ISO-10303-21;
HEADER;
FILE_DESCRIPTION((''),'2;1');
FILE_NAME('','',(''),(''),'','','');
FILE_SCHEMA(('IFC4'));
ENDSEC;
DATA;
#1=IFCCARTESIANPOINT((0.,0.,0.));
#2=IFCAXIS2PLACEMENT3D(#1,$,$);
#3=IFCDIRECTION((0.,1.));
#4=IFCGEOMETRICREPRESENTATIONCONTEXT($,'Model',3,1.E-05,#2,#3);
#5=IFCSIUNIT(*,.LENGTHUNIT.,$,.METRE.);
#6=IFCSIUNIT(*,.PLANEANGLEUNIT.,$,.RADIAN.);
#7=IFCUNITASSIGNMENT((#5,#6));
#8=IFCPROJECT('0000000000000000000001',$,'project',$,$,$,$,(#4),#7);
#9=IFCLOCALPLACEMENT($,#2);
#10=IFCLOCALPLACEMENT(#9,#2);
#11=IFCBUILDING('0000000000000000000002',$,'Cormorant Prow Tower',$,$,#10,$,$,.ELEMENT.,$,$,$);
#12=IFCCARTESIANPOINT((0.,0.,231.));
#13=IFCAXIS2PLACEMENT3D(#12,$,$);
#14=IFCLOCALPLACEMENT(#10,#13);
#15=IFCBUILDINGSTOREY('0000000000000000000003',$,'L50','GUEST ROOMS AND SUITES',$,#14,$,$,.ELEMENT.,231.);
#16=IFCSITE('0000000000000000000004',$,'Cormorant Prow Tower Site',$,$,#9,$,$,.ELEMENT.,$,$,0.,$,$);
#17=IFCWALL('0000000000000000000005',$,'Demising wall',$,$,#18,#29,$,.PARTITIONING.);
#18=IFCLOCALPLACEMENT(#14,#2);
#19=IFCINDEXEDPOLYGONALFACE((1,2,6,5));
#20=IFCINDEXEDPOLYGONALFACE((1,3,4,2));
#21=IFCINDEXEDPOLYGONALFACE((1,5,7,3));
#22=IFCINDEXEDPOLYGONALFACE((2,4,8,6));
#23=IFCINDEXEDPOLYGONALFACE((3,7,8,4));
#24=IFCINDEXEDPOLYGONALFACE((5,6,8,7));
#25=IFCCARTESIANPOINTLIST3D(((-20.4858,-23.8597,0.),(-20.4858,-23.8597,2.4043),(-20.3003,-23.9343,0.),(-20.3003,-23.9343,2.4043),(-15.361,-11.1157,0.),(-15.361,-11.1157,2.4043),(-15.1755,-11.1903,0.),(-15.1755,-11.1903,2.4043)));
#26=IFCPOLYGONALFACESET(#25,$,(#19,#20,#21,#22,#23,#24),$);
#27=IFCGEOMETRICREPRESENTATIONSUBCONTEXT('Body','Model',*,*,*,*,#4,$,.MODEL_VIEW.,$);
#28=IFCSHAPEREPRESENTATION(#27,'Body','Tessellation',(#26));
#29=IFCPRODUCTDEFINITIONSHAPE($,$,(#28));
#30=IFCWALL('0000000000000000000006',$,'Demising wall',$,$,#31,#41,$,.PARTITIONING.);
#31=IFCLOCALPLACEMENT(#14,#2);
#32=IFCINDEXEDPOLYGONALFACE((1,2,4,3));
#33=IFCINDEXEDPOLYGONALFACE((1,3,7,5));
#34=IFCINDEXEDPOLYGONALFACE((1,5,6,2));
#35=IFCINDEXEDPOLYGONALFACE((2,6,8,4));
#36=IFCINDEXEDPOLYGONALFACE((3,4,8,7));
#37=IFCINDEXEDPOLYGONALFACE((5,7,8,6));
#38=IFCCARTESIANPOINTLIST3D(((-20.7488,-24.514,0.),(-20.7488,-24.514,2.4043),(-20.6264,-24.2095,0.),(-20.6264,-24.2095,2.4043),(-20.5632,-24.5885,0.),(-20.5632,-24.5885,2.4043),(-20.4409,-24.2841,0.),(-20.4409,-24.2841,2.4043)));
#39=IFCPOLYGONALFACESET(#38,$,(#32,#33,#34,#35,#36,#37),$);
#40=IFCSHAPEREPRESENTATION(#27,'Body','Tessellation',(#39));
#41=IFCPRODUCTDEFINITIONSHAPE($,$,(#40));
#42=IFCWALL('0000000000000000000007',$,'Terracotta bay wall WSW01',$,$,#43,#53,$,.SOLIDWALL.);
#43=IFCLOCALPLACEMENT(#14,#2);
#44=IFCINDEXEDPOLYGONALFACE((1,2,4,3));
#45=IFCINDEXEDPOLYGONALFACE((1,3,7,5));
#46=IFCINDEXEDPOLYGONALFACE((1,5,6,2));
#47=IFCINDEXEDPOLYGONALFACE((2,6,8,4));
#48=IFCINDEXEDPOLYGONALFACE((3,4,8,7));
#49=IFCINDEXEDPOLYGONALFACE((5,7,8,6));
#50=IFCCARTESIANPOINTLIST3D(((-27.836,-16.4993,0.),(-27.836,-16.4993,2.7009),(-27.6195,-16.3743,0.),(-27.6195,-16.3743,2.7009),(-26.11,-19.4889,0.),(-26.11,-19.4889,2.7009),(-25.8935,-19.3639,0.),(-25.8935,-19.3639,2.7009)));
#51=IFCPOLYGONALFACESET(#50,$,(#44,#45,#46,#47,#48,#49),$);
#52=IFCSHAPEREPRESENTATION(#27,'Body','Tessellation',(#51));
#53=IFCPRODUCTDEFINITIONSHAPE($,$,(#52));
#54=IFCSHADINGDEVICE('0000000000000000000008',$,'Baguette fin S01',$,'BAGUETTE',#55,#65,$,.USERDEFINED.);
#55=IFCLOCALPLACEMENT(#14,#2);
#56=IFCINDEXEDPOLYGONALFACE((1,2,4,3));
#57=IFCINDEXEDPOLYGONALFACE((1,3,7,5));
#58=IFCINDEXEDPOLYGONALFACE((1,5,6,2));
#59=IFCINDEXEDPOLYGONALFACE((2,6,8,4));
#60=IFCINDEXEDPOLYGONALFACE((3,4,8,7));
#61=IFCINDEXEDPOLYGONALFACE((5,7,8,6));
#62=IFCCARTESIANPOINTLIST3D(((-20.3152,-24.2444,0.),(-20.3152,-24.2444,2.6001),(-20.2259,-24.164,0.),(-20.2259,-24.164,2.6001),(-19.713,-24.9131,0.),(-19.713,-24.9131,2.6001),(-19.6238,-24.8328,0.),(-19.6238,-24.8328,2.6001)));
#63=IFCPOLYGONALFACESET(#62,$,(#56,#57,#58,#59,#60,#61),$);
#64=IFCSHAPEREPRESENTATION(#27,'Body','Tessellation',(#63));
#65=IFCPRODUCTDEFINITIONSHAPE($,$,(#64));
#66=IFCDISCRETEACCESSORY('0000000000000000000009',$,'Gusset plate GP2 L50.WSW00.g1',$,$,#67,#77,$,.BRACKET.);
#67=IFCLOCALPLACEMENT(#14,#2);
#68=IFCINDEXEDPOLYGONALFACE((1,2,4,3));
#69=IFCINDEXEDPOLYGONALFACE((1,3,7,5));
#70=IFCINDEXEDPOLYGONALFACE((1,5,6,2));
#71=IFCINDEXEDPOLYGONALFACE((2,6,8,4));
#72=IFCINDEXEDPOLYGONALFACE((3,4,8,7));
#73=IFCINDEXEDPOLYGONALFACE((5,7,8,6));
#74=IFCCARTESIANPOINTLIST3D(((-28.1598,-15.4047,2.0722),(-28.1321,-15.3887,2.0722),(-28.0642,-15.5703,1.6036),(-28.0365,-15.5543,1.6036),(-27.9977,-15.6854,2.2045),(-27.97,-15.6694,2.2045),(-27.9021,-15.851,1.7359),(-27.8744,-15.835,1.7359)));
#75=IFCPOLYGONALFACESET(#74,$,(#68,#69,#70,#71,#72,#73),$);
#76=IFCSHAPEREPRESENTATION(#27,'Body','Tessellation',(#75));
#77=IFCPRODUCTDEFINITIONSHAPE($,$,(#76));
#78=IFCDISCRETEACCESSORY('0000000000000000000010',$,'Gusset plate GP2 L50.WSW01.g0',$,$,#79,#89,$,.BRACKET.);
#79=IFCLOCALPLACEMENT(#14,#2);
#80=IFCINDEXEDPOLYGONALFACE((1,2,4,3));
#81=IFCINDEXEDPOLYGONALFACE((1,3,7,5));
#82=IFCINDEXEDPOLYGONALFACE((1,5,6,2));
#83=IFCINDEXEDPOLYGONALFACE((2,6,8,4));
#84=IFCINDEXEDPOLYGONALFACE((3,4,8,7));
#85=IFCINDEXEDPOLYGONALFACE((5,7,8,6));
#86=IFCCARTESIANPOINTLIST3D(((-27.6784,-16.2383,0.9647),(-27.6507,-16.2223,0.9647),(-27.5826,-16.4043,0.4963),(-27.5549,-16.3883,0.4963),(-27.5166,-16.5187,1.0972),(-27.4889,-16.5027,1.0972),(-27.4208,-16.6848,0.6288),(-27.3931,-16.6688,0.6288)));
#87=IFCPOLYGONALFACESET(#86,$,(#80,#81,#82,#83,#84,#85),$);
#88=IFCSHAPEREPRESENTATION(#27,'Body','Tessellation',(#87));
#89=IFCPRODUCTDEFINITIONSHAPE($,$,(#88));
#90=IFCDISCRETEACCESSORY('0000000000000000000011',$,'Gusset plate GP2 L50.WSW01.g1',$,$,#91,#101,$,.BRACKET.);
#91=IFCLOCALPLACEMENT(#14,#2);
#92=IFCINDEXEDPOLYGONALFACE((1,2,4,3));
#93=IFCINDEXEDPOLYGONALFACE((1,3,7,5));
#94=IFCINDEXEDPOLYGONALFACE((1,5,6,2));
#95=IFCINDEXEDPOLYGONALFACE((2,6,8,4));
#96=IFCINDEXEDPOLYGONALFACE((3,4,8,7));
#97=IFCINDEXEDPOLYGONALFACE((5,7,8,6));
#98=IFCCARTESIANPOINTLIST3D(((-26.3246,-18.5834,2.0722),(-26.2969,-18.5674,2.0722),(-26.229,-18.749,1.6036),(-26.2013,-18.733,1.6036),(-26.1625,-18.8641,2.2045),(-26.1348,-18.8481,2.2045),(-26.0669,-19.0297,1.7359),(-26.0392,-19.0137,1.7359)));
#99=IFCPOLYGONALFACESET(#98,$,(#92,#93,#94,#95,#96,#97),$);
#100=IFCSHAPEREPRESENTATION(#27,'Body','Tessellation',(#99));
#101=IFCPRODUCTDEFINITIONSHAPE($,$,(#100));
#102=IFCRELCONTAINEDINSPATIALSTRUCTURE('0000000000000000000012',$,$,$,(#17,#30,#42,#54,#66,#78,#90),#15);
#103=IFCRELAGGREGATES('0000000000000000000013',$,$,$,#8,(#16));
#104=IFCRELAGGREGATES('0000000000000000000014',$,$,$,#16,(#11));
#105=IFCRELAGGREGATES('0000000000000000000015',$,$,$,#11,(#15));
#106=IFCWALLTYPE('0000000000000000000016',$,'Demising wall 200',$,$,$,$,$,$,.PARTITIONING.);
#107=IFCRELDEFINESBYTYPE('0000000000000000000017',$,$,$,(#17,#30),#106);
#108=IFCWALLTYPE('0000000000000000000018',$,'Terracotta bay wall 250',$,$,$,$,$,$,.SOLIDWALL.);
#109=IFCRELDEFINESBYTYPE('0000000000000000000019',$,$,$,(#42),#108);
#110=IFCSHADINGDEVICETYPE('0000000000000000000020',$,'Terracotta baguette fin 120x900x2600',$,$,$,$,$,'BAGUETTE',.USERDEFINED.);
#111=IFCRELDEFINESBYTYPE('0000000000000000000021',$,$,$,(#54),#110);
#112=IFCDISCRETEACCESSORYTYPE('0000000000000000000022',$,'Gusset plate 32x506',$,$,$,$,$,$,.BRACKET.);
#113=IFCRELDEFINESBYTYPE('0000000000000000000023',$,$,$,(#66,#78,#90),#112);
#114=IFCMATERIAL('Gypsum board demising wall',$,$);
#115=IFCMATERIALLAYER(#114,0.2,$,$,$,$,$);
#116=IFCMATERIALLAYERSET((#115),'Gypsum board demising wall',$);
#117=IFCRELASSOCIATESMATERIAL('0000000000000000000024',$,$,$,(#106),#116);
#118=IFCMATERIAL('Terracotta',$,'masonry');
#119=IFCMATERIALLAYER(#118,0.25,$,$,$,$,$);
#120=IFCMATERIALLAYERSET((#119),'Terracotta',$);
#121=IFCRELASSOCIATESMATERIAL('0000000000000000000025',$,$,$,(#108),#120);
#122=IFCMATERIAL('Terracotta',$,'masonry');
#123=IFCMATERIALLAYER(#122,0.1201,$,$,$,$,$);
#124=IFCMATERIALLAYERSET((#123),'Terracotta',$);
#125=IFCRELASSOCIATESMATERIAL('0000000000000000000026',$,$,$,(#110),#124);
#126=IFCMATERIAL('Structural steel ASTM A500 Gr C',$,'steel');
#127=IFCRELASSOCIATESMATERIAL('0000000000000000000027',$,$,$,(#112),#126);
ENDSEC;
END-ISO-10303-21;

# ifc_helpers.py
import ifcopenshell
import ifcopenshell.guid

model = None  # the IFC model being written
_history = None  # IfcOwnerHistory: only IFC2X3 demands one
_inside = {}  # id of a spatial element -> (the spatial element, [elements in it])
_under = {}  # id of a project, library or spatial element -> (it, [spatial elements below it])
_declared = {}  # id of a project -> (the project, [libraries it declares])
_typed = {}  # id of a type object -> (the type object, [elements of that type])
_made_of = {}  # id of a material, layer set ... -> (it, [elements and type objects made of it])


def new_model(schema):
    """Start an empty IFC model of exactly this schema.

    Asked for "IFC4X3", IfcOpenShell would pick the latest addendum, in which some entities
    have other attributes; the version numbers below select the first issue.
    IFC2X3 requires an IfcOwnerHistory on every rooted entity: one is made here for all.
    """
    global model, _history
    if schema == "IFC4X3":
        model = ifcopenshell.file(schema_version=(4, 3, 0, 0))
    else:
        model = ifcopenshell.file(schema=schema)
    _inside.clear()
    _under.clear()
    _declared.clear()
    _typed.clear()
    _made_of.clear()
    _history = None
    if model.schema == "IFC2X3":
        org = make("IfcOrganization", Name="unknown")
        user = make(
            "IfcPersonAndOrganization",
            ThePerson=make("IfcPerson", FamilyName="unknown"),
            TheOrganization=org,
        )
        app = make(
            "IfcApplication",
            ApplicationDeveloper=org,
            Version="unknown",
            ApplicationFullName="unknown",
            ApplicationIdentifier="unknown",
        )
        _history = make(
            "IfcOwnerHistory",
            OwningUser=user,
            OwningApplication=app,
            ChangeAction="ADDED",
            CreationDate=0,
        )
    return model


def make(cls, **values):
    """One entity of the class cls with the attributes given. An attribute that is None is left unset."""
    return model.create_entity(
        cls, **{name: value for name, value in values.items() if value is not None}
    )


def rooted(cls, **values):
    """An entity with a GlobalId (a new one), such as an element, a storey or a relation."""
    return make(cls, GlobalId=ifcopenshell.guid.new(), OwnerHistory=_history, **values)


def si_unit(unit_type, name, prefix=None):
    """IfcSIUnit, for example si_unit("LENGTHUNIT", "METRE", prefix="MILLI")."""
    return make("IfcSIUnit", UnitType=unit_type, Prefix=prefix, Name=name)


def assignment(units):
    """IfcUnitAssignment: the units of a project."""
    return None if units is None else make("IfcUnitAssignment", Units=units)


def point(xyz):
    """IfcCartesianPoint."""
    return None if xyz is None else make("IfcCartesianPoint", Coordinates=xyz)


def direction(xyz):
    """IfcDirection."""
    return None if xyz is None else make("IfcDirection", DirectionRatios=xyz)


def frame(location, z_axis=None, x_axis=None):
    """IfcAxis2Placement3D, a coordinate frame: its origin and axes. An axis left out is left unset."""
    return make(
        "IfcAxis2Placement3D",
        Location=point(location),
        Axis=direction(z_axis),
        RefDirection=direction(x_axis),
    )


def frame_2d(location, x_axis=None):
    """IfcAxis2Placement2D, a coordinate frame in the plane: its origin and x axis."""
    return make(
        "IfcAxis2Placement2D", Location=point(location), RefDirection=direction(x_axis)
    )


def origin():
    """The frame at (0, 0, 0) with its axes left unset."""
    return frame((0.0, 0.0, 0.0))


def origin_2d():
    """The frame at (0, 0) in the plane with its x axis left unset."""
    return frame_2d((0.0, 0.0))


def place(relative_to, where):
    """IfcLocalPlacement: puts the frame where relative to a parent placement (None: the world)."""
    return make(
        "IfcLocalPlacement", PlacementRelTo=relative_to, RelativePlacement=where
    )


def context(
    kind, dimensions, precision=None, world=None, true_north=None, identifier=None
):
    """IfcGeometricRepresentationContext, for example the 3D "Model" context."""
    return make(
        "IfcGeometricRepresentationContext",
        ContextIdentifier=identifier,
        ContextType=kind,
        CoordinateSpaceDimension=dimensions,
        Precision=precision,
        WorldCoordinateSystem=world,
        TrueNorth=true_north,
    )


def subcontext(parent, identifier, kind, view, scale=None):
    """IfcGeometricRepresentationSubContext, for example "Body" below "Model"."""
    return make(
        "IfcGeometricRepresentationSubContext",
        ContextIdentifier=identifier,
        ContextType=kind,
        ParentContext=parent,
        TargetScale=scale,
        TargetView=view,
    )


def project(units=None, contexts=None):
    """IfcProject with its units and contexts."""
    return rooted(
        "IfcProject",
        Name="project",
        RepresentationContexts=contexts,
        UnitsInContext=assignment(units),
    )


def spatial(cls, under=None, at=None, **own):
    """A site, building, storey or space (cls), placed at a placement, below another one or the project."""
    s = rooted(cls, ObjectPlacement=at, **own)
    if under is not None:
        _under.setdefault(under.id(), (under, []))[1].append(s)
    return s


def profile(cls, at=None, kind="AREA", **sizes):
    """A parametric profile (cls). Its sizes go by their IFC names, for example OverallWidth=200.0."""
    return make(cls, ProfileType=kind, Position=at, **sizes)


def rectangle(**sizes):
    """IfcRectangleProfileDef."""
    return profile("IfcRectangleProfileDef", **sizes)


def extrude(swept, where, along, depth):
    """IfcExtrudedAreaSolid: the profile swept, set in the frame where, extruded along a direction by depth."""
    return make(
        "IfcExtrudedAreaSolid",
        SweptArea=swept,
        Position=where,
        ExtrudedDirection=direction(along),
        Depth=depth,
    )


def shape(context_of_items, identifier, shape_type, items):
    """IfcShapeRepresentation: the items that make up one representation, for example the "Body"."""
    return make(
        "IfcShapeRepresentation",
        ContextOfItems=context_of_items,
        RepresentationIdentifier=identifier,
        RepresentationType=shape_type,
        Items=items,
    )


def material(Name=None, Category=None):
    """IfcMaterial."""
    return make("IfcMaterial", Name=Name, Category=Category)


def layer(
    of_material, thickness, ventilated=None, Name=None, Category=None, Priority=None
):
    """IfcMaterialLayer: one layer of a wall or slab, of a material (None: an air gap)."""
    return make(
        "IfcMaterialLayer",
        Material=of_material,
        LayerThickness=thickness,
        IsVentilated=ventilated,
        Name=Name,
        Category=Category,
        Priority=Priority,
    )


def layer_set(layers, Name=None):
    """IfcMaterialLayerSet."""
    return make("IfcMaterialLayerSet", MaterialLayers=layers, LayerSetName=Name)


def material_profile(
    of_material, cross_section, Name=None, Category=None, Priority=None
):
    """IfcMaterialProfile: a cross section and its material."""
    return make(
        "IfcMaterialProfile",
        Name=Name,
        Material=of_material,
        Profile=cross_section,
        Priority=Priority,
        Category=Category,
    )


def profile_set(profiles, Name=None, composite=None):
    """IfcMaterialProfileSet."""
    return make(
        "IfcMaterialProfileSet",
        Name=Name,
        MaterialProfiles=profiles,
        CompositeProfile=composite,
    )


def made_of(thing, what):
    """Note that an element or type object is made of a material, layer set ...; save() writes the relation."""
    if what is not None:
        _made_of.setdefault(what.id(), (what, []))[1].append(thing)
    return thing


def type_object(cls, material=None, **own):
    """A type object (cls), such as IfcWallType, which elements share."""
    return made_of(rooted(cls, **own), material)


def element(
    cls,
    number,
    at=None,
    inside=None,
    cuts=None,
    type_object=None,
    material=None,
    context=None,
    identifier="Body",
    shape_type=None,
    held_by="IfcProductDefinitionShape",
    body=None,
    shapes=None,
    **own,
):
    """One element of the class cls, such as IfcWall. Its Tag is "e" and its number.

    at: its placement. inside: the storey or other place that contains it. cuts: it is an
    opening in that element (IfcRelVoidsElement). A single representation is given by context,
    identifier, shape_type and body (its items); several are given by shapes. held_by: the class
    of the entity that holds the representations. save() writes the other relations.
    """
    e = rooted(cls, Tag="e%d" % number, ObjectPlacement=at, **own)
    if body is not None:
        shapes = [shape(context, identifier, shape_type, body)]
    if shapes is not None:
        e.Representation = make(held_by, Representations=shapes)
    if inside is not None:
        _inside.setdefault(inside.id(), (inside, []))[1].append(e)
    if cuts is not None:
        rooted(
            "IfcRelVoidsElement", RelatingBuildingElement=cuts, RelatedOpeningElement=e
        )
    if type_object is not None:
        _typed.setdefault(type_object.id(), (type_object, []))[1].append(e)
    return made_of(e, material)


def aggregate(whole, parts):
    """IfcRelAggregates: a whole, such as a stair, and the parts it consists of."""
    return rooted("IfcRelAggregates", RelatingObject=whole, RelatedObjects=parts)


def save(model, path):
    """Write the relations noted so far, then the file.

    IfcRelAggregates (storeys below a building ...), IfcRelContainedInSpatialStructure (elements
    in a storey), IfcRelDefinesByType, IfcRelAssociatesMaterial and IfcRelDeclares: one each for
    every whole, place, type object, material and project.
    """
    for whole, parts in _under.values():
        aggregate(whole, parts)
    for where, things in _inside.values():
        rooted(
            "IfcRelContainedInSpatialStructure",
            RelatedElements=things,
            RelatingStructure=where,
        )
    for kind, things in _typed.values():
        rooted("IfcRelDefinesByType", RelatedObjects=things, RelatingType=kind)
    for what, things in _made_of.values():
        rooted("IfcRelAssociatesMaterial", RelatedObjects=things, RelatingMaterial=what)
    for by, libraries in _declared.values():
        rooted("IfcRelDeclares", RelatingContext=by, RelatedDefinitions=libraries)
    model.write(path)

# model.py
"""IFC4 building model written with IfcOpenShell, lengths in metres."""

from ifc_helpers import new_model, si_unit, direction, frame, frame_2d, origin, origin_2d, place, context, subcontext, project, spatial, rectangle, extrude, material, layer, layer_set, material_profile, profile_set, type_object, element, save


model = new_model("IFC4")

# Units and contexts
model_context = context("Model", 3, precision=1e-05, world=origin(), true_north=direction((0.0, 1.0)))
body_context = subcontext(model_context, "Body", "Model", "MODEL_VIEW")
ifc_project = project(units=[si_unit("LENGTHUNIT", "METRE"), si_unit("PLANEANGLEUNIT", "RADIAN")], contexts=[model_context])

# Site, building, storey
site_placement = place(None, origin())
site = spatial("IfcSite", under=ifc_project, at=site_placement, Name="Cormorant Prow Tower Site", CompositionType="ELEMENT", RefElevation=0.0)
building_placement = place(site_placement, origin())
building = spatial("IfcBuilding", under=site, at=building_placement, Name="Cormorant Prow Tower", CompositionType="ELEMENT")
storey_placement = place(building_placement, frame((0.0, 0.0, 231.0)))
storey = spatial("IfcBuildingStorey", under=building, at=storey_placement, Name="L50", Description="GUEST ROOMS AND SUITES", CompositionType="ELEMENT", Elevation=231.0)

# Walls
ifc_material_1 = material(Name="Gypsum board demising wall")
ifc_layer_1 = layer(ifc_material_1, 0.2)
ifc_layer_set_1 = layer_set([ifc_layer_1], Name="Gypsum board demising wall")
wall_type_1 = type_object("IfcWallType", Name="Demising wall 200", PredefinedType="PARTITIONING", material=ifc_layer_set_1)
wall_1_placement = place(storey_placement, frame((-20.3931, -23.897, 0.0), z_axis=(0.0, 0.0, 1.0), x_axis=(0.373097, 0.927792, 0.0)))
element("IfcWall", 1, at=wall_1_placement, inside=storey, type_object=wall_type_1, Name="Demising wall", PredefinedType="PARTITIONING", context=body_context, shape_type="SweptSolid", body=[
    extrude(rectangle(XDim=13.7358, YDim=0.2, at=frame_2d((6.8679, 0.0))), origin(), (0.0, 0.0, 1.0), 2.4043),
])
wall_2_placement = place(storey_placement, frame((-20.656, -24.5513, 0.0), z_axis=(0.0, 0.0, 1.0), x_axis=(0.372801, 0.927911, 0.0)))
element("IfcWall", 2, at=wall_2_placement, inside=storey, type_object=wall_type_1, Name="Demising wall", PredefinedType="PARTITIONING", context=body_context, shape_type="SweptSolid", body=[
    extrude(rectangle(XDim=0.3281, YDim=0.2, at=frame_2d((0.1641, 0.0))), origin(), (0.0, 0.0, 1.0), 2.4043),
])
ifc_material_2 = material(Name="Terracotta", Category="masonry")
ifc_layer_2 = layer(ifc_material_2, 0.25)
ifc_layer_set_2 = layer_set([ifc_layer_2], Name="Terracotta")
wall_type_2 = type_object("IfcWallType", Name="Terracotta bay wall 250", PredefinedType="SOLIDWALL", material=ifc_layer_set_2)
wall_3_placement = place(storey_placement, frame((-27.7278, -16.4368, 0.0), z_axis=(0.0, 0.0, 1.0), x_axis=(0.499988, -0.866032, 0.0)))
element("IfcWall", 3, at=wall_3_placement, inside=storey, type_object=wall_type_2, Name="Terracotta bay wall WSW01", PredefinedType="SOLIDWALL", context=body_context, shape_type="SweptSolid", body=[
    extrude(rectangle(XDim=3.4521, YDim=0.25, at=frame_2d((1.7261, 0.0))), origin(), (0.0, 0.0, 1.0), 2.7009),
])

# Shading device
ifc_material_3 = material(Name="Terracotta", Category="masonry")
ifc_layer_3 = layer(ifc_material_3, 0.1201)
ifc_layer_set_3 = layer_set([ifc_layer_3], Name="Terracotta")
shading_device_type = type_object("IfcShadingDeviceType", Name="Terracotta baguette fin 120x900x2600", ElementType="BAGUETTE", PredefinedType="USERDEFINED", material=ifc_layer_set_3)
shading_device_placement = place(storey_placement, frame((-19.9695, -24.5386, 0.0), z_axis=(0.0, 0.0, 1.0), x_axis=(0.743145, 0.669131, 0.0)))
element("IfcShadingDevice", 4, at=shading_device_placement, inside=storey, type_object=shading_device_type, Name="Baguette fin S01", ObjectType="BAGUETTE", PredefinedType="USERDEFINED", context=body_context, shape_type="SweptSolid", body=[
    extrude(rectangle(XDim=0.1201, YDim=0.8999, at=origin_2d()), origin(), (0.0, 0.0, 1.0), 2.6001),
])

# Discrete accessories
ifc_material_4 = material(Name="Structural steel ASTM A500 Gr C", Category="steel")
ifc_material_profile_1 = material_profile(ifc_material_4, rectangle(XDim=0.032, YDim=0.5061, at=origin_2d()), Name="Gusset plate 32x506")
ifc_profile_set_1 = profile_set([ifc_material_profile_1], Name="Structural steel ASTM A500 Gr C")
discrete_accessory_type = type_object("IfcDiscreteAccessoryType", Name="Gusset plate 32x506", PredefinedType="BRACKET", material=ifc_profile_set_1)
discrete_accessory_1_placement = place(storey_placement, frame((-28.0981, -15.4795, 1.8379), z_axis=(0.46295, -0.801796, 0.37789), x_axis=(0.86601, 0.500027, 0.0)))
element("IfcDiscreteAccessory", 5, at=discrete_accessory_1_placement, inside=storey, type_object=discrete_accessory_type, Name="Gusset plate GP2 L50.WSW00.g1", PredefinedType="BRACKET", context=body_context, shape_type="SweptSolid", body=[
    extrude(rectangle(XDim=0.032, YDim=0.5061, at=origin_2d()), origin(), (0.0, 0.0, 1.0), 0.3501),
])
discrete_accessory_2_placement = place(storey_placement, frame((-27.4548, -16.5938, 0.863), z_axis=(-0.462538, 0.801594, -0.378821), x_axis=(-0.866148, -0.499788, 0.0)))
element("IfcDiscreteAccessory", 6, at=discrete_accessory_2_placement, inside=storey, type_object=discrete_accessory_type, Name="Gusset plate GP2 L50.WSW01.g0", PredefinedType="BRACKET", context=body_context, shape_type="SweptSolid", body=[
    extrude(rectangle(XDim=0.032, YDim=0.5061, at=origin_2d()), origin(), (0.0, 0.0, 1.0), 0.3499),
])
discrete_accessory_3_placement = place(storey_placement, frame((-26.2629, -18.6582, 1.8379), z_axis=(0.46295, -0.801796, 0.37789), x_axis=(0.86601, 0.500027, 0.0)))
element("IfcDiscreteAccessory", 7, at=discrete_accessory_3_placement, inside=storey, type_object=discrete_accessory_type, Name="Gusset plate GP2 L50.WSW01.g1", PredefinedType="BRACKET", context=body_context, shape_type="SweptSolid", body=[
    extrude(rectangle(XDim=0.032, YDim=0.5061, at=origin_2d()), origin(), (0.0, 0.0, 1.0), 0.3501),
])

save(model, "model.ifc")
